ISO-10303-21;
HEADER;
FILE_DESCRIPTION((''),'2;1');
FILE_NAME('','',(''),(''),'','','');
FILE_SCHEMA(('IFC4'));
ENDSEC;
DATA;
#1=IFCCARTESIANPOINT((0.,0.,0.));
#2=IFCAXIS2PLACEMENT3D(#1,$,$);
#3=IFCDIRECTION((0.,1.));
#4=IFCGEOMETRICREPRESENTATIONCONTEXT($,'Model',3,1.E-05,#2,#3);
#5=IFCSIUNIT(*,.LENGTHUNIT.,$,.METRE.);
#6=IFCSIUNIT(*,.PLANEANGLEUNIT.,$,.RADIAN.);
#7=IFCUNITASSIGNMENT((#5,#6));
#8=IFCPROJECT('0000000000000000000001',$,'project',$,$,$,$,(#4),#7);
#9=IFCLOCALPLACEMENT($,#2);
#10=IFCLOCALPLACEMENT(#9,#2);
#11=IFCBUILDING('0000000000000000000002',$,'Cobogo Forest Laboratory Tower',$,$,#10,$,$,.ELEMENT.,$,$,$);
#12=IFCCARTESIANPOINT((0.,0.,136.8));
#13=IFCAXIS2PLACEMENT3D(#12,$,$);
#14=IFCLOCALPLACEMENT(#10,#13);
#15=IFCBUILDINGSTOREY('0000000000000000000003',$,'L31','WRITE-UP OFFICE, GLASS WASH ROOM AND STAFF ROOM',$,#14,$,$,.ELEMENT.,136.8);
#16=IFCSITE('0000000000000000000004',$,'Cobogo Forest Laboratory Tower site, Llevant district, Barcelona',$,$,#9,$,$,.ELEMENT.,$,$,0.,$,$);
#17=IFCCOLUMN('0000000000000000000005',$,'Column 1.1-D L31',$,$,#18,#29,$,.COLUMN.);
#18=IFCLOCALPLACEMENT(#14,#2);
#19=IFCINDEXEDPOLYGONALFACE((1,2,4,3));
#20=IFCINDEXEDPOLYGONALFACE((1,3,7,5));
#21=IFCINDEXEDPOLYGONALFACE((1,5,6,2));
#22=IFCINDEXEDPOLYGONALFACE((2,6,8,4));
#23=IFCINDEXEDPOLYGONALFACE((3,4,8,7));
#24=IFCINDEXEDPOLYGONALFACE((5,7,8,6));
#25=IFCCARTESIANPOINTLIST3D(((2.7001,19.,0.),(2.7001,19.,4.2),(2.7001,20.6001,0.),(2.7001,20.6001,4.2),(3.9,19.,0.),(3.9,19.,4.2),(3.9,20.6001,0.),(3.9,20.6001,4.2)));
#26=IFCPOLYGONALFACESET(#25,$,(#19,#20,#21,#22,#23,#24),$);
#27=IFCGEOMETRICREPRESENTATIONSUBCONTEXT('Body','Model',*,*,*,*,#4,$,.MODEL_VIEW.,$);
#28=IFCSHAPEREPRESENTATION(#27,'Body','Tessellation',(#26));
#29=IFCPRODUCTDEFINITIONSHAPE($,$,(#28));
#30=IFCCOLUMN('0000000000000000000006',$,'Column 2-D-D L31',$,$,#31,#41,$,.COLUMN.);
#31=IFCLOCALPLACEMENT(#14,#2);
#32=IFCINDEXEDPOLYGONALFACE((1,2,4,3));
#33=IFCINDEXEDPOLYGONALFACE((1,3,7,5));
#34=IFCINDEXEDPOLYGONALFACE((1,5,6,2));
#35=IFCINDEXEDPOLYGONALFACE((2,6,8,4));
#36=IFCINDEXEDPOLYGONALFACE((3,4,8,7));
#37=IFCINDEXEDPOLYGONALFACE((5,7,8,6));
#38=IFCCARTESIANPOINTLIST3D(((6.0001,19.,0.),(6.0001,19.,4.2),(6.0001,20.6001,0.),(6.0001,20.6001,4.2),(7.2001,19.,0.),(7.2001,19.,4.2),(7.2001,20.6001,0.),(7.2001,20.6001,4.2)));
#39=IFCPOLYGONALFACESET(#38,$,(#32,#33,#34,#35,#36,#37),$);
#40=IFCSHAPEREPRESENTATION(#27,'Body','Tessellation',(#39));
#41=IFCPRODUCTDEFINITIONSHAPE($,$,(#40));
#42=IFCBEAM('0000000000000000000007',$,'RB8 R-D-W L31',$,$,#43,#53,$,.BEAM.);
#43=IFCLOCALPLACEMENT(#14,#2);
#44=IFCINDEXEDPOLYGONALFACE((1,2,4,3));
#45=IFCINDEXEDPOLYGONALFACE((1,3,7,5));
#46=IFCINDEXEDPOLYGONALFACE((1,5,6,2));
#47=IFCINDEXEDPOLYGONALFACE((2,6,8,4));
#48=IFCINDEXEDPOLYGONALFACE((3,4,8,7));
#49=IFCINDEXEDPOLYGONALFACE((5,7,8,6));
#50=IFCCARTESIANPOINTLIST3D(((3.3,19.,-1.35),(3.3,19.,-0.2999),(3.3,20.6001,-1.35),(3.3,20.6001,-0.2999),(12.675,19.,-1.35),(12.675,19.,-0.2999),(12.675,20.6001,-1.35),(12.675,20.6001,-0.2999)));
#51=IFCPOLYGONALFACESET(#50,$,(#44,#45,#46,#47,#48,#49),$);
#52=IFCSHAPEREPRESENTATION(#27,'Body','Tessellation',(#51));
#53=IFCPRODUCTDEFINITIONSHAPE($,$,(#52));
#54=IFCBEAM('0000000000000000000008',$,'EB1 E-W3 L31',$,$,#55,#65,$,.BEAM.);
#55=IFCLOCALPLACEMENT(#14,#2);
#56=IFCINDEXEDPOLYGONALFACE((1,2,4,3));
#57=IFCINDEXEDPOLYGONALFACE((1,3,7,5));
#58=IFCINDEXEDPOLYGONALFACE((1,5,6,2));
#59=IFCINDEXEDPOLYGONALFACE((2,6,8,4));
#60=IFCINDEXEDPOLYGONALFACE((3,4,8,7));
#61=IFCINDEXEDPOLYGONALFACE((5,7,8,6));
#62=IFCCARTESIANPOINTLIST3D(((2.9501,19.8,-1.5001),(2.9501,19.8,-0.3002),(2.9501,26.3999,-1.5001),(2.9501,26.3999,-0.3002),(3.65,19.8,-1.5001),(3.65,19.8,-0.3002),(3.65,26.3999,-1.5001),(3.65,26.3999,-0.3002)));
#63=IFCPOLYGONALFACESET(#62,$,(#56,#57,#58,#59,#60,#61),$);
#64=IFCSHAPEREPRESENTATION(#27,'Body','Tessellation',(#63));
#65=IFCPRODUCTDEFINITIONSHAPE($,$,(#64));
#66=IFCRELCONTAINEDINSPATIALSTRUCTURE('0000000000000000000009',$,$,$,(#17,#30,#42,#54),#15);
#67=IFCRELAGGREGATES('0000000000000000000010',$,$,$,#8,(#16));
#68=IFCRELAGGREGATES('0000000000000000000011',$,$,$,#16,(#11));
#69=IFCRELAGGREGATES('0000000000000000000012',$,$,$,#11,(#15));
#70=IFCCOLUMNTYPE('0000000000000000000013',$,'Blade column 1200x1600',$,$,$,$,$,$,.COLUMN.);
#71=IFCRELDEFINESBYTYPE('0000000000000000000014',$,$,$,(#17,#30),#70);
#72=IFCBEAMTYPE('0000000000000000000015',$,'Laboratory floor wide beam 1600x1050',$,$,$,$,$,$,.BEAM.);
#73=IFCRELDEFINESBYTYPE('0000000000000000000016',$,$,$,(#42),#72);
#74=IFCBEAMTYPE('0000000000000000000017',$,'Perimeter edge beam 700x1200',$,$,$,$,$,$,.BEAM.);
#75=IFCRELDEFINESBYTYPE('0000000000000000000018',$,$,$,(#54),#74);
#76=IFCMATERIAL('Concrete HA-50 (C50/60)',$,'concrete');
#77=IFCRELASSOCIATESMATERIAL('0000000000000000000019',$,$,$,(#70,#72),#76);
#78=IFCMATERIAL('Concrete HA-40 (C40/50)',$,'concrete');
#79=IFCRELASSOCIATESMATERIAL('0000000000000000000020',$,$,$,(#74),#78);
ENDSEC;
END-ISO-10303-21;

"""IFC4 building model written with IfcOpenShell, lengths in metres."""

from ifc_helpers import new_model, si_unit, direction, frame, origin, origin_2d, place, context, subcontext, project, spatial, rectangle, extrude, material, material_profile, profile_set, type_object, element, save


model = new_model("IFC4")

# Units and contexts
model_context = context("Model", 3, precision=1e-05, world=origin(), true_north=direction((0.0, 1.0)))
body_context = subcontext(model_context, "Body", "Model", "MODEL_VIEW")
ifc_project = project(units=[si_unit("LENGTHUNIT", "METRE"), si_unit("PLANEANGLEUNIT", "RADIAN")], contexts=[model_context])

# Site, building, storey
site_placement = place(None, origin())
site = spatial("IfcSite", under=ifc_project, at=site_placement, Name="Cobogo Forest Laboratory Tower site, Llevant district, Barcelona", CompositionType="ELEMENT", RefElevation=0.0)
building_placement = place(site_placement, origin())
building = spatial("IfcBuilding", under=site, at=building_placement, Name="Cobogo Forest Laboratory Tower", CompositionType="ELEMENT")
storey_placement = place(building_placement, frame((0.0, 0.0, 136.8)))
storey = spatial("IfcBuildingStorey", under=building, at=storey_placement, Name="L31", Description="WRITE-UP OFFICE, GLASS WASH ROOM AND STAFF ROOM", CompositionType="ELEMENT", Elevation=136.8)

# Columns
ifc_material_1 = material(Name="Concrete HA-50 (C50/60)", Category="concrete")
ifc_material_profile_1 = material_profile(ifc_material_1, rectangle(XDim=1.6001, YDim=1.2, at=origin_2d()), Name="RC 1200x1600")
ifc_profile_set_1 = profile_set([ifc_material_profile_1], Name="Concrete HA-50 (C50/60)")
column_type = type_object("IfcColumnType", Name="Blade column 1200x1600", PredefinedType="COLUMN", material=ifc_profile_set_1)
for number, where, z_axis, x_axis, name in (
    (1, (3.3, 19.8, 0.0), (0.0, 0.0, 1.0), (0.0, 1.0, 0.0), "Column 1.1-D L31"),
    (2, (6.6001, 19.8, 0.0), (0.0, 0.0, 1.0), (0.0, 1.0, 0.0), "Column 2-D-D L31"),
):
    element("IfcColumn", number, at=place(storey_placement, frame(where, z_axis=z_axis, x_axis=x_axis)), inside=storey, type_object=column_type, Name=name, PredefinedType="COLUMN", context=body_context, shape_type="SweptSolid", body=[
        extrude(rectangle(XDim=1.6001, YDim=1.2, at=origin_2d()), origin(), (0.0, 0.0, 1.0), 4.2),
    ])

# Beams
ifc_material_profile_2 = material_profile(ifc_material_1, rectangle(XDim=1.6001, YDim=1.05, at=origin_2d()), Name="RC 1600x1050")
ifc_profile_set_2 = profile_set([ifc_material_profile_2], Name="Concrete HA-50 (C50/60)")
beam_type_1 = type_object("IfcBeamType", Name="Laboratory floor wide beam 1600x1050", PredefinedType="BEAM", material=ifc_profile_set_2)
beam_1_placement = place(storey_placement, frame((12.675, 19.8, -0.825), z_axis=(-1.0, 0.0, 0.0), x_axis=(0.0, -1.0, 0.0)))
element("IfcBeam", 3, at=beam_1_placement, inside=storey, type_object=beam_type_1, Name="RB8 R-D-W L31", PredefinedType="BEAM", context=body_context, shape_type="SweptSolid", body=[
    extrude(rectangle(XDim=1.6001, YDim=1.05, at=origin_2d()), origin(), (0.0, 0.0, 1.0), 9.375),
])
ifc_material_2 = material(Name="Concrete HA-40 (C40/50)", Category="concrete")
ifc_material_profile_3 = material_profile(ifc_material_2, rectangle(XDim=0.7, YDim=1.2, at=origin_2d()), Name="RC 700x1200")
ifc_profile_set_3 = profile_set([ifc_material_profile_3], Name="Concrete HA-40 (C40/50)")
beam_type_2 = type_object("IfcBeamType", Name="Perimeter edge beam 700x1200", PredefinedType="BEAM", material=ifc_profile_set_3)
beam_2_placement = place(storey_placement, frame((3.3, 19.8, -0.9001), z_axis=(0.0, 1.0, 0.0), x_axis=(-1.0, 0.0, 0.0)))
element("IfcBeam", 4, at=beam_2_placement, inside=storey, type_object=beam_type_2, Name="EB1 E-W3 L31", PredefinedType="BEAM", context=body_context, shape_type="SweptSolid", body=[
    extrude(rectangle(XDim=0.7, YDim=1.2, at=origin_2d()), origin(), (0.0, 0.0, 1.0), 6.5999),
])

save(model, "model.ifc")
